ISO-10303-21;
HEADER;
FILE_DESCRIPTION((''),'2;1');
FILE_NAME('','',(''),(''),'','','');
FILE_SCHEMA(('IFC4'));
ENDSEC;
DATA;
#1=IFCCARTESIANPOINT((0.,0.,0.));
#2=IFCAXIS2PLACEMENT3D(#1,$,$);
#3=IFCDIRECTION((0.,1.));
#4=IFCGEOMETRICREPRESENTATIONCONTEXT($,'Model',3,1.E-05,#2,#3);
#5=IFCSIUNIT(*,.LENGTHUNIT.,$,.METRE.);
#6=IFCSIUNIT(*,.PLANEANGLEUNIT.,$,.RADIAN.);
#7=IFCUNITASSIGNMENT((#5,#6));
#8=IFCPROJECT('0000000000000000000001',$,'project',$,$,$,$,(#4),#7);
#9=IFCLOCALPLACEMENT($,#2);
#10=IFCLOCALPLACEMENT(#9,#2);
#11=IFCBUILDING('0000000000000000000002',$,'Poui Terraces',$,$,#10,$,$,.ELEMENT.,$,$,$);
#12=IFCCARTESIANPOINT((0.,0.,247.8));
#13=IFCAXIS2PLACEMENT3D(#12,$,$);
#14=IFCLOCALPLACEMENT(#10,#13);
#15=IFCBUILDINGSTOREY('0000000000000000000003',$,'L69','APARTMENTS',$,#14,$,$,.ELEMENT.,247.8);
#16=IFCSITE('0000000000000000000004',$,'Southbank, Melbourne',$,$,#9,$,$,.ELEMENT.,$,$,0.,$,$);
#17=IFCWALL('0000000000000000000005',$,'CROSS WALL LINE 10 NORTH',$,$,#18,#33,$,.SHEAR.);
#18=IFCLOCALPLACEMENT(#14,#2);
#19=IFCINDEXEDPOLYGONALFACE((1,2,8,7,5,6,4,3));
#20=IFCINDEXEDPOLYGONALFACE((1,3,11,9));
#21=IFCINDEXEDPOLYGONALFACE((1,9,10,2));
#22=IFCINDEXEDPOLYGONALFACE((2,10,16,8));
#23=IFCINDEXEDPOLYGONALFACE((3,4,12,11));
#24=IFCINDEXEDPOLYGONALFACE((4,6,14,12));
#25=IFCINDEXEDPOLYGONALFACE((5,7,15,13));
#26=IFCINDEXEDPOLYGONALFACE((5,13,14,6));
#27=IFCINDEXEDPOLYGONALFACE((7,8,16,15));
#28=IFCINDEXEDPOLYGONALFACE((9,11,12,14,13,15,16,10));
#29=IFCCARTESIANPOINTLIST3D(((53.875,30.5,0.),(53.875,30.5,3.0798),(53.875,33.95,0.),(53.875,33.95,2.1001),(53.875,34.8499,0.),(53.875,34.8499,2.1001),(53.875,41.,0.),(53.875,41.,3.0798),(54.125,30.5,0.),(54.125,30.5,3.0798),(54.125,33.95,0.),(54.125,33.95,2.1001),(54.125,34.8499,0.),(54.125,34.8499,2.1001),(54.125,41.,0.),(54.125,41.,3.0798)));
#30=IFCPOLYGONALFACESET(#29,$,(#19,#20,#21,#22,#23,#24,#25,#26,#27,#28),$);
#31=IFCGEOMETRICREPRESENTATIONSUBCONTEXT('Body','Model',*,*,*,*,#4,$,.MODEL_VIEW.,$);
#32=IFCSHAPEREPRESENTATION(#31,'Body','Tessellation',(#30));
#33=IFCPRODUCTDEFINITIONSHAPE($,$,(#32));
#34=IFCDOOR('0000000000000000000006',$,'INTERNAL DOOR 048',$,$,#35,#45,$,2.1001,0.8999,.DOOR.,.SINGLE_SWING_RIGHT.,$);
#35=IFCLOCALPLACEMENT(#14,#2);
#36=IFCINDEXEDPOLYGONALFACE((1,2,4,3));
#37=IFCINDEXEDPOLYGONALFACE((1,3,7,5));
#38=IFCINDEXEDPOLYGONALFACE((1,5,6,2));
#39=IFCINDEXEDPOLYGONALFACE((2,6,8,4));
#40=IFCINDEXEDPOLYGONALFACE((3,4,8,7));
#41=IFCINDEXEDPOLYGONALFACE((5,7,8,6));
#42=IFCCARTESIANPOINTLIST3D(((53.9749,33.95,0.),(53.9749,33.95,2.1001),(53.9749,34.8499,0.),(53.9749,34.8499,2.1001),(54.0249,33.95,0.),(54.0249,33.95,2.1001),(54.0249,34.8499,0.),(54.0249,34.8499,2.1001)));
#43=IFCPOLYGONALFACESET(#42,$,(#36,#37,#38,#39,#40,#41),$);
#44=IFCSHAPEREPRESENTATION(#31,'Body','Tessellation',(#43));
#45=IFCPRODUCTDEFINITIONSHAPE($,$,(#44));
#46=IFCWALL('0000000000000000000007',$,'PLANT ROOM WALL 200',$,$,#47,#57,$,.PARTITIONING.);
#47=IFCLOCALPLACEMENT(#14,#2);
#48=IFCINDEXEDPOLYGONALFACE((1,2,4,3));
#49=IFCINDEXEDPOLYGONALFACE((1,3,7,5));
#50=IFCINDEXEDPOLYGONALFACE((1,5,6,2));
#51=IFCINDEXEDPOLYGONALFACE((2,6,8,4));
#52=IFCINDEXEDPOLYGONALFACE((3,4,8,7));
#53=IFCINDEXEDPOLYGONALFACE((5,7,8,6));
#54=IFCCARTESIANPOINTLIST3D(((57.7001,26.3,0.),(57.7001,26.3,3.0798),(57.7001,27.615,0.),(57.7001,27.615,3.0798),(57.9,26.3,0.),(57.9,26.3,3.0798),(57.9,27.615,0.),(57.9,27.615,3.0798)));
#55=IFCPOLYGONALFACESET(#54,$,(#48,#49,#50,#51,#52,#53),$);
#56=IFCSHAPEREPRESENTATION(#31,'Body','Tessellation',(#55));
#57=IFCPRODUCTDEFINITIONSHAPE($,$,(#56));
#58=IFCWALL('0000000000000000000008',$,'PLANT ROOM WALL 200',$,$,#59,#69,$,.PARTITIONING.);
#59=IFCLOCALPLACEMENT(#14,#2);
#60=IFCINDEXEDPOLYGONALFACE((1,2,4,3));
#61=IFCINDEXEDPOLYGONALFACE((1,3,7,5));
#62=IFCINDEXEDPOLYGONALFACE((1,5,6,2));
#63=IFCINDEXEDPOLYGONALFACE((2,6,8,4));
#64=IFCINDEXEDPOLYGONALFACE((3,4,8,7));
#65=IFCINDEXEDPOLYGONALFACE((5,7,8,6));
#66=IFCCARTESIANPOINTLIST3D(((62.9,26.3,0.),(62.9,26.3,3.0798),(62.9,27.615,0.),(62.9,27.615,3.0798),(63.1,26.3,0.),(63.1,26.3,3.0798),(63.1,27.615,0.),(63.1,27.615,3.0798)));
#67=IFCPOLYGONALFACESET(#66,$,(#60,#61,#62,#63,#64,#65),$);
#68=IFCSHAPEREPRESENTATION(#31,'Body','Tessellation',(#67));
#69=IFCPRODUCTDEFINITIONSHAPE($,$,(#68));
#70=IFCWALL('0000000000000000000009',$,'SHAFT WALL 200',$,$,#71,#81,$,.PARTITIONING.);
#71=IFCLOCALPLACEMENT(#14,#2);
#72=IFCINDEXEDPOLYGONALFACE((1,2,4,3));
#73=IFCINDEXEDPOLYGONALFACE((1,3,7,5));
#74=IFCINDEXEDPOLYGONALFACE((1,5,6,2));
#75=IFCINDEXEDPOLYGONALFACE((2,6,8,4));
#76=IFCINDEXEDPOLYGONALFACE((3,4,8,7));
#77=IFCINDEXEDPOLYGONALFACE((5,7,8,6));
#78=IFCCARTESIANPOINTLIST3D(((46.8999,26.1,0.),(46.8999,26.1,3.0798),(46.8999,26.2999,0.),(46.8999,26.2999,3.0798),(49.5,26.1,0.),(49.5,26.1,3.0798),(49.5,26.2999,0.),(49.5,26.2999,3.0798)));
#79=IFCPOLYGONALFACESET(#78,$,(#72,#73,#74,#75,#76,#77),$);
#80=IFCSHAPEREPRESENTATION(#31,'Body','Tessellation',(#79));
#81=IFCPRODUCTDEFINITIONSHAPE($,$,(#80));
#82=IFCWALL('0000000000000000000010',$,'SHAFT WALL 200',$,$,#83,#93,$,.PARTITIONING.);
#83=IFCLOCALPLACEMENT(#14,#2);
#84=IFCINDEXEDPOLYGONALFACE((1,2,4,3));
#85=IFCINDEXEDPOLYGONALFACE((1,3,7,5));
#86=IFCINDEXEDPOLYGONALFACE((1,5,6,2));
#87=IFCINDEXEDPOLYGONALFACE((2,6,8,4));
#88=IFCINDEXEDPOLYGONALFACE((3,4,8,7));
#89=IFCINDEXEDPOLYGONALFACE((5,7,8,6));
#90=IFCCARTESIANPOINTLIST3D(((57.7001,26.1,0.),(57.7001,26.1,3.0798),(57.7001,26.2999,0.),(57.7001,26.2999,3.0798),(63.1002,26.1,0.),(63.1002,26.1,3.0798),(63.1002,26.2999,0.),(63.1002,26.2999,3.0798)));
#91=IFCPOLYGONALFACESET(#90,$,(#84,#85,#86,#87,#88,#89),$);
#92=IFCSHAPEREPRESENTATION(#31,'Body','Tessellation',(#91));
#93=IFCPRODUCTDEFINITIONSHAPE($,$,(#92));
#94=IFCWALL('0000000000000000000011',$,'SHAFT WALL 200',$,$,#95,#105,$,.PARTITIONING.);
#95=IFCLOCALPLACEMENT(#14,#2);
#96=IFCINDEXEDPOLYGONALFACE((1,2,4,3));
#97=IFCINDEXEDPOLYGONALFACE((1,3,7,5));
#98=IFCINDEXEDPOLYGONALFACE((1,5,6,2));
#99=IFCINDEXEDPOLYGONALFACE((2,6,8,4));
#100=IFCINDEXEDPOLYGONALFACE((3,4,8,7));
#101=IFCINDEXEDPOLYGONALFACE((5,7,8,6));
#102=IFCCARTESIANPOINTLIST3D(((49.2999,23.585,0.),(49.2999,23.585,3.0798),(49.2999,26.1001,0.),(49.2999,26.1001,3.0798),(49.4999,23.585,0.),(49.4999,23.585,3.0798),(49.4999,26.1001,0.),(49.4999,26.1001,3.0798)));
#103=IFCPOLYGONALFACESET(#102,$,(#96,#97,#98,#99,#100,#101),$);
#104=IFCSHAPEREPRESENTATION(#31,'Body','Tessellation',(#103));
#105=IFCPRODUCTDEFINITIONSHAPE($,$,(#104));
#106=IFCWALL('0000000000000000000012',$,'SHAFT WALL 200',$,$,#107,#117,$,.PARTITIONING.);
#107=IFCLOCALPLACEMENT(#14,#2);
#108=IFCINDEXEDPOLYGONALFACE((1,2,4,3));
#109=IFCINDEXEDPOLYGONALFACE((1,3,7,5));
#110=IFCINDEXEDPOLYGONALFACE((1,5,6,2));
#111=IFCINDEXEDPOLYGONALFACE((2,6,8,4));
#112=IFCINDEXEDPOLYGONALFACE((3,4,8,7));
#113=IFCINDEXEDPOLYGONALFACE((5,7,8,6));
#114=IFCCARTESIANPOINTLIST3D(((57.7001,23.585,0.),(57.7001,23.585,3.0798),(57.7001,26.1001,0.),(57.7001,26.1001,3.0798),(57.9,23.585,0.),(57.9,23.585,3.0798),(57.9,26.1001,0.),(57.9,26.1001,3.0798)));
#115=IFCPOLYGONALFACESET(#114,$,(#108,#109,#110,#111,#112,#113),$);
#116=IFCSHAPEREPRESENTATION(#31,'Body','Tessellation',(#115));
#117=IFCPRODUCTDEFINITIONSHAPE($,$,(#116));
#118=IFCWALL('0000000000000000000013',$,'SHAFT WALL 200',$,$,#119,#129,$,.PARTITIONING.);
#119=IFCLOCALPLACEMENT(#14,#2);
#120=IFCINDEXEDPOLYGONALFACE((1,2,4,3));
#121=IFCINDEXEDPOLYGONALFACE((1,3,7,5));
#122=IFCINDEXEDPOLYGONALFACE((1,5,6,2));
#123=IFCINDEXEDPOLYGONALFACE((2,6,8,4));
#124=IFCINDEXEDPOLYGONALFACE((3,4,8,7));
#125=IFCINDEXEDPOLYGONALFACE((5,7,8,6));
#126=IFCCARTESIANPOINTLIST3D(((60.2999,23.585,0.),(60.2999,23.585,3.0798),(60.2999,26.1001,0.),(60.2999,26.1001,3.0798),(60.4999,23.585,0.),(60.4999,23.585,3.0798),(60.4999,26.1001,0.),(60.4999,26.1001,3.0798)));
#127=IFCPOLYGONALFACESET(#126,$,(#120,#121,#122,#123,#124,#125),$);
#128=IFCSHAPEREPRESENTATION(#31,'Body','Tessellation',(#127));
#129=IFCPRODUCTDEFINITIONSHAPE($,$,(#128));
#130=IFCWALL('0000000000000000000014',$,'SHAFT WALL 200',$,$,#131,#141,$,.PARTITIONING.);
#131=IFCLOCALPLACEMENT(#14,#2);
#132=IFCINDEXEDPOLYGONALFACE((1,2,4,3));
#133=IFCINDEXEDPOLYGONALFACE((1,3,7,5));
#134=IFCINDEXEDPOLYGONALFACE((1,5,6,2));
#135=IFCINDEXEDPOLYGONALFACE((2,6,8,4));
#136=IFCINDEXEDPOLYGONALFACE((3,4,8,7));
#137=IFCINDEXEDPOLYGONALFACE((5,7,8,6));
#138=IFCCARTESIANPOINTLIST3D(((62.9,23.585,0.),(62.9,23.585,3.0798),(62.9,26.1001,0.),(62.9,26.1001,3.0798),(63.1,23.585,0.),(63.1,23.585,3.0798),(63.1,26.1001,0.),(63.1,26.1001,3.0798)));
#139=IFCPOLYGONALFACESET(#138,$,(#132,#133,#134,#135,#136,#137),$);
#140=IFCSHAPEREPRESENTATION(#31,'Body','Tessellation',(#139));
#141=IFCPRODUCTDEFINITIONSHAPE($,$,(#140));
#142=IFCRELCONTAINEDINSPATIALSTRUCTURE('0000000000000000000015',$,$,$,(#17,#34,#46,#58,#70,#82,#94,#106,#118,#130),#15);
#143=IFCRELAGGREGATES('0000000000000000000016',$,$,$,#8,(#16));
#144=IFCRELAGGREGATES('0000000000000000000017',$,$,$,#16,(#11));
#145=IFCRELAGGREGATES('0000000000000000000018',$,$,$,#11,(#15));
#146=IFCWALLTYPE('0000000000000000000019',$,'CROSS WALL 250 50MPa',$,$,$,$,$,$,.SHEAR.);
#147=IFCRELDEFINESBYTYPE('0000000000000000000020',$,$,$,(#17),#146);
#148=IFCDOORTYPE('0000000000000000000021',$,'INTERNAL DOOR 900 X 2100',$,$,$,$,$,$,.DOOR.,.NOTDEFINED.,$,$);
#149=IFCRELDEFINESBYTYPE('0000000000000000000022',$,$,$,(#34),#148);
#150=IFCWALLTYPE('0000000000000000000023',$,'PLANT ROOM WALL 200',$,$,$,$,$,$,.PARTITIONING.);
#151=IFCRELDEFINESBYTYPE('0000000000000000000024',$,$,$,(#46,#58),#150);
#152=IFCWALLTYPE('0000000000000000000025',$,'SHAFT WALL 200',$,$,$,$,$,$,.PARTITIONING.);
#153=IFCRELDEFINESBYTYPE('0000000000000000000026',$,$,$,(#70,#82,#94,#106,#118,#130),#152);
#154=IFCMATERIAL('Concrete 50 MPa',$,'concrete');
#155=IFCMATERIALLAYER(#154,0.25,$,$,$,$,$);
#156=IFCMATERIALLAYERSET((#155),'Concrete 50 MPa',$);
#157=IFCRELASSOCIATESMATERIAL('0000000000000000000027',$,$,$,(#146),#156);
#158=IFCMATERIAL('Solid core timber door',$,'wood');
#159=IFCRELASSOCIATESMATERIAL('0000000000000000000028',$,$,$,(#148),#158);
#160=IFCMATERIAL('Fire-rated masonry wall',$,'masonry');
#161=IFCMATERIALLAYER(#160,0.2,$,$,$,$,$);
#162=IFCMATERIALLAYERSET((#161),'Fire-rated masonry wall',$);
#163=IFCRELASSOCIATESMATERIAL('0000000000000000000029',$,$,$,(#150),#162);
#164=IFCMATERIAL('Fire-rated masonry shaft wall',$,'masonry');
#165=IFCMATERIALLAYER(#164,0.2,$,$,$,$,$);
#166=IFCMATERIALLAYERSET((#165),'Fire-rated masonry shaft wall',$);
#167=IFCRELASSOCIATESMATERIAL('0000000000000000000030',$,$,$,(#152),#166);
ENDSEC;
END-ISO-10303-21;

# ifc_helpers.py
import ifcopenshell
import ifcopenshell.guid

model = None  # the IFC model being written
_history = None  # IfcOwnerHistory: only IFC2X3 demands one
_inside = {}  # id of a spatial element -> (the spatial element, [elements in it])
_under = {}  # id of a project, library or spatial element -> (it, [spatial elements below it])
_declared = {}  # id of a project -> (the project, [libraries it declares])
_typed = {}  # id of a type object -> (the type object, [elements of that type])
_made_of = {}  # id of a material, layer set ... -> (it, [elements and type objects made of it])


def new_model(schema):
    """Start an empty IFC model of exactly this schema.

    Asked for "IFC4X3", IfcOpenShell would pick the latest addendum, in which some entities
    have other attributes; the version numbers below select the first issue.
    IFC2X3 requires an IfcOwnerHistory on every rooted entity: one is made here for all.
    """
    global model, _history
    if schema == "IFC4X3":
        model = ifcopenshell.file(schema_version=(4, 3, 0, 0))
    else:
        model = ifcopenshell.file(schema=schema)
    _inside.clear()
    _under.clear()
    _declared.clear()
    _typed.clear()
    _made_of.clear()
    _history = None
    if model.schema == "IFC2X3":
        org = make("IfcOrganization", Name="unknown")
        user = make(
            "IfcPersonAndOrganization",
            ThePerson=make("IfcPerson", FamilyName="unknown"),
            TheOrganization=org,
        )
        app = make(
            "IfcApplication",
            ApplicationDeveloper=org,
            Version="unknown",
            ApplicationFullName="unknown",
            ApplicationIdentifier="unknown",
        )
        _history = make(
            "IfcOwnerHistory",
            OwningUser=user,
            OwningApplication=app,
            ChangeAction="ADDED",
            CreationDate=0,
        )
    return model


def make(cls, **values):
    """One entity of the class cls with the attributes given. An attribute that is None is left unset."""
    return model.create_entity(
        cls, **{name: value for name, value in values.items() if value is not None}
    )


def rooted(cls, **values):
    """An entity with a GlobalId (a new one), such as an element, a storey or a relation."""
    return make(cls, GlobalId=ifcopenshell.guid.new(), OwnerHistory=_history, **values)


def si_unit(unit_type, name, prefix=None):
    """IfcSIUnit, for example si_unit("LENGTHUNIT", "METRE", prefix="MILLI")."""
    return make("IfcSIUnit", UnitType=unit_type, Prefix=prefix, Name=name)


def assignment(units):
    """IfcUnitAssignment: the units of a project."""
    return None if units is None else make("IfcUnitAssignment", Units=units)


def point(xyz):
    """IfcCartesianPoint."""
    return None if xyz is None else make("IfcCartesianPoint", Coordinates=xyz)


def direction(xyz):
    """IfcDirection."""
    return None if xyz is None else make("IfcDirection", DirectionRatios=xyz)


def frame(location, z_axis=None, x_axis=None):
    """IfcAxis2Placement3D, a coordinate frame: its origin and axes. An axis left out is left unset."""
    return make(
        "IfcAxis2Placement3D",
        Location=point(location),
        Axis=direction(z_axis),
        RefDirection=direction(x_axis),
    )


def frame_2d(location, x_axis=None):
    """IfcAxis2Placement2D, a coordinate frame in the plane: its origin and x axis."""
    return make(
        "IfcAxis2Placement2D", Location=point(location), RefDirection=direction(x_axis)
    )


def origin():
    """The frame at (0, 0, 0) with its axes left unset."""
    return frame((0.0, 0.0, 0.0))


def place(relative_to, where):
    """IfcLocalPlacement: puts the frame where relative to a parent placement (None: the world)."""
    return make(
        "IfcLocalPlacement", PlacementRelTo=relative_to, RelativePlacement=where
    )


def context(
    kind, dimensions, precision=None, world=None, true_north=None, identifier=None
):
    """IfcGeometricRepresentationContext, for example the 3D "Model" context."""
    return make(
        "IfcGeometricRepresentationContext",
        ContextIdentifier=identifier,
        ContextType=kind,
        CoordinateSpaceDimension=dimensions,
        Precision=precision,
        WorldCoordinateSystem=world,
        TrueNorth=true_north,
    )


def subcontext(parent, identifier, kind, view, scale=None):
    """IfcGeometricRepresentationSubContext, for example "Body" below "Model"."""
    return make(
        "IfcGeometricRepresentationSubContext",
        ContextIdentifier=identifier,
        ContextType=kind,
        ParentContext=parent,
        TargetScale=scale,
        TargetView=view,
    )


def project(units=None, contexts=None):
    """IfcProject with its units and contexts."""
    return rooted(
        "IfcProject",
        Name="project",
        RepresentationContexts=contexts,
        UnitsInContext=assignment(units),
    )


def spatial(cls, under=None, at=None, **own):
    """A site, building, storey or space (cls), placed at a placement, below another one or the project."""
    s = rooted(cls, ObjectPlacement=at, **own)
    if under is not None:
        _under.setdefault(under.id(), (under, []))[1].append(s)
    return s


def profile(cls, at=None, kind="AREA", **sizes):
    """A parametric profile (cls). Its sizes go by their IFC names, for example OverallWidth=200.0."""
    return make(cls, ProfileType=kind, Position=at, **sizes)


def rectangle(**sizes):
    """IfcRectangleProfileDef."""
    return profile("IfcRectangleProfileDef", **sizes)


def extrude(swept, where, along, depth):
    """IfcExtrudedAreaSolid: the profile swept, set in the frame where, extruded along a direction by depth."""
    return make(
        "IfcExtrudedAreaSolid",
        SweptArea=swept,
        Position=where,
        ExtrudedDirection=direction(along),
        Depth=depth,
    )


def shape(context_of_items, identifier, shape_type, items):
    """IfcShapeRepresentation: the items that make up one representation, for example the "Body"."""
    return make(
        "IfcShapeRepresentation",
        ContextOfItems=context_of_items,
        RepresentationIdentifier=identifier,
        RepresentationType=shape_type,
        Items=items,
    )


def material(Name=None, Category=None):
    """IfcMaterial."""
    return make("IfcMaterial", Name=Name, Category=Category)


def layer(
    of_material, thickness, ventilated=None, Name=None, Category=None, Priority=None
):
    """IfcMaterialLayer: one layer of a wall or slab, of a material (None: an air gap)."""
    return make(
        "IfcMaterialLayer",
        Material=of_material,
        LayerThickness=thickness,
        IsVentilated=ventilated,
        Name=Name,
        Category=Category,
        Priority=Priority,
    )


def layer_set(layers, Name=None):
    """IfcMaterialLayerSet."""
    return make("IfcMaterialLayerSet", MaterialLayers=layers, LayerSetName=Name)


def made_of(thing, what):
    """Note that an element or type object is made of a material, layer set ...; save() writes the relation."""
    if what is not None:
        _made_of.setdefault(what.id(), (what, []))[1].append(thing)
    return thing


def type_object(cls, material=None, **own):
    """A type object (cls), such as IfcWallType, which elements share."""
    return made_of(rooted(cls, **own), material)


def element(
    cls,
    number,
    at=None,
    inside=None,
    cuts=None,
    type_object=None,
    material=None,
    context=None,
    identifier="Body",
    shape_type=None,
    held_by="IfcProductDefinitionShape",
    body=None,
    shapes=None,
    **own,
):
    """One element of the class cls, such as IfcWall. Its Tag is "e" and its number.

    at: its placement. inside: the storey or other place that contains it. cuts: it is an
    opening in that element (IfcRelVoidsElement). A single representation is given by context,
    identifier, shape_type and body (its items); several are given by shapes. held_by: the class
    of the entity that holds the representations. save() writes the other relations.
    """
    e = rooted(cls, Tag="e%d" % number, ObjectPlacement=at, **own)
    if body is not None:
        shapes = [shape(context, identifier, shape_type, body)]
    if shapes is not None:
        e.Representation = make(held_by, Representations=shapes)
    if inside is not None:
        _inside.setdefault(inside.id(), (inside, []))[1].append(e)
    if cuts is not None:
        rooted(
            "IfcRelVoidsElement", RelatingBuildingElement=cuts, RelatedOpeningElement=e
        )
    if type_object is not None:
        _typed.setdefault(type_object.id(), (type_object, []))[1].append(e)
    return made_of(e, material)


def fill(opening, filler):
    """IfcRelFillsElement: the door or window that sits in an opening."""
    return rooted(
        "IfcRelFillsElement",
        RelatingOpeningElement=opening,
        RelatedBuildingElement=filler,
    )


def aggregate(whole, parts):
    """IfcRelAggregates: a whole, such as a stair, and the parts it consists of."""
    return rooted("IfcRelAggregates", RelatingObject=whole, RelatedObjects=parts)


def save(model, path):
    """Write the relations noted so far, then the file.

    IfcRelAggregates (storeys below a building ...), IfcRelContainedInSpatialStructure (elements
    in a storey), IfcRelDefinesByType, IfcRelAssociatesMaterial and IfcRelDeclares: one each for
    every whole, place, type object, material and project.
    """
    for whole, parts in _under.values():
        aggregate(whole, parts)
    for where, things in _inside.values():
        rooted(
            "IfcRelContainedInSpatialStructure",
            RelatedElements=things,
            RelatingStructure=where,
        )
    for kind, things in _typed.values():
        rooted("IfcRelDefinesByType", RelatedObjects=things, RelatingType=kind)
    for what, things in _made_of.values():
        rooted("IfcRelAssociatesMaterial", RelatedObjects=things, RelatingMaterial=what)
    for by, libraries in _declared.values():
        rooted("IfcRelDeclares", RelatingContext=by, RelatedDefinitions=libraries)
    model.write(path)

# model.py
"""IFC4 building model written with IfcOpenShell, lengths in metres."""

from ifc_helpers import new_model, si_unit, direction, frame, frame_2d, origin, place, context, subcontext, project, spatial, rectangle, extrude, material, layer, layer_set, type_object, element, fill, save


model = new_model("IFC4")

# Units and contexts
model_context = context("Model", 3, precision=1e-05, world=origin(), true_north=direction((0.0, 1.0)))
body_context = subcontext(model_context, "Body", "Model", "MODEL_VIEW")
ifc_project = project(units=[si_unit("LENGTHUNIT", "METRE"), si_unit("PLANEANGLEUNIT", "RADIAN")], contexts=[model_context])

# Site, building, storey
site_placement = place(None, origin())
site = spatial("IfcSite", under=ifc_project, at=site_placement, Name="Southbank, Melbourne", CompositionType="ELEMENT", RefElevation=0.0)
building_placement = place(site_placement, origin())
building = spatial("IfcBuilding", under=site, at=building_placement, Name="Poui Terraces", CompositionType="ELEMENT")
storey_placement = place(building_placement, frame((0.0, 0.0, 247.8)))
storey = spatial("IfcBuildingStorey", under=building, at=storey_placement, Name="L69", Description="APARTMENTS", CompositionType="ELEMENT", Elevation=247.8)

# Shared definitions
ifc_material_1 = material(Name="Concrete 50 MPa", Category="concrete")

# Wall, opening, door
ifc_layer_1 = layer(ifc_material_1, 0.25)
ifc_layer_set_1 = layer_set([ifc_layer_1], Name="Concrete 50 MPa")
wall_type_1 = type_object("IfcWallType", Name="CROSS WALL 250 50MPa", PredefinedType="SHEAR", material=ifc_layer_set_1)
ifc_material_2 = material(Name="Solid core timber door", Category="wood")
door_type_1 = type_object("IfcDoorType", Name="INTERNAL DOOR 900 X 2100", OperationType="NOTDEFINED", PredefinedType="DOOR", material=ifc_material_2)
wall_1_placement = place(storey_placement, frame((54.0, 30.5, 0.0), z_axis=(0.0, 0.0, 1.0), x_axis=(0.0, 1.0, 0.0)))
wall_1 = element("IfcWall", 1, at=wall_1_placement, inside=storey, type_object=wall_type_1, Name="CROSS WALL LINE 10 NORTH", PredefinedType="SHEAR", context=body_context, shape_type="SweptSolid", body=[
    extrude(rectangle(XDim=10.5, YDim=0.25, at=frame_2d((5.25, 0.0))), origin(), (0.0, 0.0, 1.0), 3.0798),
])
opening_1_placement = place(wall_1_placement, frame((3.45, 0.0, 0.0)))
opening_1 = element("IfcOpeningElement", 2, at=opening_1_placement, cuts=wall_1, PredefinedType="OPENING", context=body_context, shape_type="SweptSolid", body=[
    extrude(rectangle(XDim=0.8999, YDim=2.1001, at=frame_2d((0.45, 1.05))), frame((0.0, 0.135, 0.0), z_axis=(0.0, -1.0, 0.0), x_axis=(1.0, 0.0, 0.0)), (0.0, 0.0, 1.0), 0.27),
])
door_1_placement = place(opening_1_placement, frame((0.8999, 0.0, 0.0), z_axis=(0.0, 0.0, 1.0), x_axis=(-1.0, 0.0, 0.0)))
door_1 = element("IfcDoor", 3, at=door_1_placement, inside=storey, type_object=door_type_1, Name="INTERNAL DOOR 048", OperationType="SINGLE_SWING_RIGHT", OverallHeight=2.1001, OverallWidth=0.8999, PredefinedType="DOOR", context=body_context, shape_type="SweptSolid", body=[
    extrude(rectangle(XDim=0.8999, YDim=2.1001, at=frame_2d((0.45, 1.05))), frame((0.0, 0.0249, 0.0), z_axis=(0.0, -1.0, 0.0), x_axis=(1.0, 0.0, 0.0)), (0.0, 0.0, 1.0), 0.05),
])
fill(opening_1, door_1)

# Walls
ifc_material_3 = material(Name="Fire-rated masonry wall", Category="masonry")
ifc_layer_2 = layer(ifc_material_3, 0.2)
ifc_layer_set_2 = layer_set([ifc_layer_2], Name="Fire-rated masonry wall")
wall_type_2 = type_object("IfcWallType", Name="PLANT ROOM WALL 200", PredefinedType="PARTITIONING", material=ifc_layer_set_2)
for number, where, z_axis, x_axis, name in (
    (4, (57.8, 26.3, 0.0), (0.0, 0.0, 1.0), (0.0, 1.0, 0.0), "PLANT ROOM WALL 200"),
    (5, (63.0, 26.3, 0.0), (0.0, 0.0, 1.0), (0.0, 1.0, 0.0), "PLANT ROOM WALL 200"),
):
    element("IfcWall", number, at=place(storey_placement, frame(where, z_axis=z_axis, x_axis=x_axis)), inside=storey, type_object=wall_type_2, Name=name, PredefinedType="PARTITIONING", context=body_context, shape_type="SweptSolid", body=[
        extrude(rectangle(XDim=1.3149, YDim=0.2, at=frame_2d((0.6575, 0.0))), origin(), (0.0, 0.0, 1.0), 3.0798),
    ])
ifc_material_4 = material(Name="Fire-rated masonry shaft wall", Category="masonry")
ifc_layer_3 = layer(ifc_material_4, 0.2)
ifc_layer_set_3 = layer_set([ifc_layer_3], Name="Fire-rated masonry shaft wall")
wall_type_3 = type_object("IfcWallType", Name="SHAFT WALL 200", PredefinedType="PARTITIONING", material=ifc_layer_set_3)
wall_2_placement = place(storey_placement, frame((46.8999, 26.2, 0.0), z_axis=(0.0, 0.0, 1.0), x_axis=(1.0, 0.0, 0.0)))
element("IfcWall", 6, at=wall_2_placement, inside=storey, type_object=wall_type_3, Name="SHAFT WALL 200", PredefinedType="PARTITIONING", context=body_context, shape_type="SweptSolid", body=[
    extrude(rectangle(XDim=2.6001, YDim=0.2, at=frame_2d((1.3, 0.0))), origin(), (0.0, 0.0, 1.0), 3.0798),
])
wall_3_placement = place(storey_placement, frame((57.7, 26.2, 0.0), z_axis=(0.0, 0.0, 1.0), x_axis=(1.0, 0.0, 0.0)))
element("IfcWall", 7, at=wall_3_placement, inside=storey, type_object=wall_type_3, Name="SHAFT WALL 200", PredefinedType="PARTITIONING", context=body_context, shape_type="SweptSolid", body=[
    extrude(rectangle(XDim=5.4001, YDim=0.2, at=frame_2d((2.7002, 0.0))), origin(), (0.0, 0.0, 1.0), 3.0798),
])
for number, where, z_axis, x_axis, name in (
    (8, (49.3999, 23.585, 0.0), (0.0, 0.0, 1.0), (0.0, 1.0, 0.0), "SHAFT WALL 200"),
    (9, (57.8, 23.585, 0.0), (0.0, 0.0, 1.0), (0.0, 1.0, 0.0), "SHAFT WALL 200"),
    (10, (60.3999, 23.585, 0.0), (0.0, 0.0, 1.0), (0.0, 1.0, 0.0), "SHAFT WALL 200"),
    (11, (63.0, 23.585, 0.0), (0.0, 0.0, 1.0), (0.0, 1.0, 0.0), "SHAFT WALL 200"),
):
    element("IfcWall", number, at=place(storey_placement, frame(where, z_axis=z_axis, x_axis=x_axis)), inside=storey, type_object=wall_type_3, Name=name, PredefinedType="PARTITIONING", context=body_context, shape_type="SweptSolid", body=[
        extrude(rectangle(XDim=2.5151, YDim=0.2, at=frame_2d((1.2576, 0.0))), origin(), (0.0, 0.0, 1.0), 3.0798),
    ])

save(model, "model.ifc")
